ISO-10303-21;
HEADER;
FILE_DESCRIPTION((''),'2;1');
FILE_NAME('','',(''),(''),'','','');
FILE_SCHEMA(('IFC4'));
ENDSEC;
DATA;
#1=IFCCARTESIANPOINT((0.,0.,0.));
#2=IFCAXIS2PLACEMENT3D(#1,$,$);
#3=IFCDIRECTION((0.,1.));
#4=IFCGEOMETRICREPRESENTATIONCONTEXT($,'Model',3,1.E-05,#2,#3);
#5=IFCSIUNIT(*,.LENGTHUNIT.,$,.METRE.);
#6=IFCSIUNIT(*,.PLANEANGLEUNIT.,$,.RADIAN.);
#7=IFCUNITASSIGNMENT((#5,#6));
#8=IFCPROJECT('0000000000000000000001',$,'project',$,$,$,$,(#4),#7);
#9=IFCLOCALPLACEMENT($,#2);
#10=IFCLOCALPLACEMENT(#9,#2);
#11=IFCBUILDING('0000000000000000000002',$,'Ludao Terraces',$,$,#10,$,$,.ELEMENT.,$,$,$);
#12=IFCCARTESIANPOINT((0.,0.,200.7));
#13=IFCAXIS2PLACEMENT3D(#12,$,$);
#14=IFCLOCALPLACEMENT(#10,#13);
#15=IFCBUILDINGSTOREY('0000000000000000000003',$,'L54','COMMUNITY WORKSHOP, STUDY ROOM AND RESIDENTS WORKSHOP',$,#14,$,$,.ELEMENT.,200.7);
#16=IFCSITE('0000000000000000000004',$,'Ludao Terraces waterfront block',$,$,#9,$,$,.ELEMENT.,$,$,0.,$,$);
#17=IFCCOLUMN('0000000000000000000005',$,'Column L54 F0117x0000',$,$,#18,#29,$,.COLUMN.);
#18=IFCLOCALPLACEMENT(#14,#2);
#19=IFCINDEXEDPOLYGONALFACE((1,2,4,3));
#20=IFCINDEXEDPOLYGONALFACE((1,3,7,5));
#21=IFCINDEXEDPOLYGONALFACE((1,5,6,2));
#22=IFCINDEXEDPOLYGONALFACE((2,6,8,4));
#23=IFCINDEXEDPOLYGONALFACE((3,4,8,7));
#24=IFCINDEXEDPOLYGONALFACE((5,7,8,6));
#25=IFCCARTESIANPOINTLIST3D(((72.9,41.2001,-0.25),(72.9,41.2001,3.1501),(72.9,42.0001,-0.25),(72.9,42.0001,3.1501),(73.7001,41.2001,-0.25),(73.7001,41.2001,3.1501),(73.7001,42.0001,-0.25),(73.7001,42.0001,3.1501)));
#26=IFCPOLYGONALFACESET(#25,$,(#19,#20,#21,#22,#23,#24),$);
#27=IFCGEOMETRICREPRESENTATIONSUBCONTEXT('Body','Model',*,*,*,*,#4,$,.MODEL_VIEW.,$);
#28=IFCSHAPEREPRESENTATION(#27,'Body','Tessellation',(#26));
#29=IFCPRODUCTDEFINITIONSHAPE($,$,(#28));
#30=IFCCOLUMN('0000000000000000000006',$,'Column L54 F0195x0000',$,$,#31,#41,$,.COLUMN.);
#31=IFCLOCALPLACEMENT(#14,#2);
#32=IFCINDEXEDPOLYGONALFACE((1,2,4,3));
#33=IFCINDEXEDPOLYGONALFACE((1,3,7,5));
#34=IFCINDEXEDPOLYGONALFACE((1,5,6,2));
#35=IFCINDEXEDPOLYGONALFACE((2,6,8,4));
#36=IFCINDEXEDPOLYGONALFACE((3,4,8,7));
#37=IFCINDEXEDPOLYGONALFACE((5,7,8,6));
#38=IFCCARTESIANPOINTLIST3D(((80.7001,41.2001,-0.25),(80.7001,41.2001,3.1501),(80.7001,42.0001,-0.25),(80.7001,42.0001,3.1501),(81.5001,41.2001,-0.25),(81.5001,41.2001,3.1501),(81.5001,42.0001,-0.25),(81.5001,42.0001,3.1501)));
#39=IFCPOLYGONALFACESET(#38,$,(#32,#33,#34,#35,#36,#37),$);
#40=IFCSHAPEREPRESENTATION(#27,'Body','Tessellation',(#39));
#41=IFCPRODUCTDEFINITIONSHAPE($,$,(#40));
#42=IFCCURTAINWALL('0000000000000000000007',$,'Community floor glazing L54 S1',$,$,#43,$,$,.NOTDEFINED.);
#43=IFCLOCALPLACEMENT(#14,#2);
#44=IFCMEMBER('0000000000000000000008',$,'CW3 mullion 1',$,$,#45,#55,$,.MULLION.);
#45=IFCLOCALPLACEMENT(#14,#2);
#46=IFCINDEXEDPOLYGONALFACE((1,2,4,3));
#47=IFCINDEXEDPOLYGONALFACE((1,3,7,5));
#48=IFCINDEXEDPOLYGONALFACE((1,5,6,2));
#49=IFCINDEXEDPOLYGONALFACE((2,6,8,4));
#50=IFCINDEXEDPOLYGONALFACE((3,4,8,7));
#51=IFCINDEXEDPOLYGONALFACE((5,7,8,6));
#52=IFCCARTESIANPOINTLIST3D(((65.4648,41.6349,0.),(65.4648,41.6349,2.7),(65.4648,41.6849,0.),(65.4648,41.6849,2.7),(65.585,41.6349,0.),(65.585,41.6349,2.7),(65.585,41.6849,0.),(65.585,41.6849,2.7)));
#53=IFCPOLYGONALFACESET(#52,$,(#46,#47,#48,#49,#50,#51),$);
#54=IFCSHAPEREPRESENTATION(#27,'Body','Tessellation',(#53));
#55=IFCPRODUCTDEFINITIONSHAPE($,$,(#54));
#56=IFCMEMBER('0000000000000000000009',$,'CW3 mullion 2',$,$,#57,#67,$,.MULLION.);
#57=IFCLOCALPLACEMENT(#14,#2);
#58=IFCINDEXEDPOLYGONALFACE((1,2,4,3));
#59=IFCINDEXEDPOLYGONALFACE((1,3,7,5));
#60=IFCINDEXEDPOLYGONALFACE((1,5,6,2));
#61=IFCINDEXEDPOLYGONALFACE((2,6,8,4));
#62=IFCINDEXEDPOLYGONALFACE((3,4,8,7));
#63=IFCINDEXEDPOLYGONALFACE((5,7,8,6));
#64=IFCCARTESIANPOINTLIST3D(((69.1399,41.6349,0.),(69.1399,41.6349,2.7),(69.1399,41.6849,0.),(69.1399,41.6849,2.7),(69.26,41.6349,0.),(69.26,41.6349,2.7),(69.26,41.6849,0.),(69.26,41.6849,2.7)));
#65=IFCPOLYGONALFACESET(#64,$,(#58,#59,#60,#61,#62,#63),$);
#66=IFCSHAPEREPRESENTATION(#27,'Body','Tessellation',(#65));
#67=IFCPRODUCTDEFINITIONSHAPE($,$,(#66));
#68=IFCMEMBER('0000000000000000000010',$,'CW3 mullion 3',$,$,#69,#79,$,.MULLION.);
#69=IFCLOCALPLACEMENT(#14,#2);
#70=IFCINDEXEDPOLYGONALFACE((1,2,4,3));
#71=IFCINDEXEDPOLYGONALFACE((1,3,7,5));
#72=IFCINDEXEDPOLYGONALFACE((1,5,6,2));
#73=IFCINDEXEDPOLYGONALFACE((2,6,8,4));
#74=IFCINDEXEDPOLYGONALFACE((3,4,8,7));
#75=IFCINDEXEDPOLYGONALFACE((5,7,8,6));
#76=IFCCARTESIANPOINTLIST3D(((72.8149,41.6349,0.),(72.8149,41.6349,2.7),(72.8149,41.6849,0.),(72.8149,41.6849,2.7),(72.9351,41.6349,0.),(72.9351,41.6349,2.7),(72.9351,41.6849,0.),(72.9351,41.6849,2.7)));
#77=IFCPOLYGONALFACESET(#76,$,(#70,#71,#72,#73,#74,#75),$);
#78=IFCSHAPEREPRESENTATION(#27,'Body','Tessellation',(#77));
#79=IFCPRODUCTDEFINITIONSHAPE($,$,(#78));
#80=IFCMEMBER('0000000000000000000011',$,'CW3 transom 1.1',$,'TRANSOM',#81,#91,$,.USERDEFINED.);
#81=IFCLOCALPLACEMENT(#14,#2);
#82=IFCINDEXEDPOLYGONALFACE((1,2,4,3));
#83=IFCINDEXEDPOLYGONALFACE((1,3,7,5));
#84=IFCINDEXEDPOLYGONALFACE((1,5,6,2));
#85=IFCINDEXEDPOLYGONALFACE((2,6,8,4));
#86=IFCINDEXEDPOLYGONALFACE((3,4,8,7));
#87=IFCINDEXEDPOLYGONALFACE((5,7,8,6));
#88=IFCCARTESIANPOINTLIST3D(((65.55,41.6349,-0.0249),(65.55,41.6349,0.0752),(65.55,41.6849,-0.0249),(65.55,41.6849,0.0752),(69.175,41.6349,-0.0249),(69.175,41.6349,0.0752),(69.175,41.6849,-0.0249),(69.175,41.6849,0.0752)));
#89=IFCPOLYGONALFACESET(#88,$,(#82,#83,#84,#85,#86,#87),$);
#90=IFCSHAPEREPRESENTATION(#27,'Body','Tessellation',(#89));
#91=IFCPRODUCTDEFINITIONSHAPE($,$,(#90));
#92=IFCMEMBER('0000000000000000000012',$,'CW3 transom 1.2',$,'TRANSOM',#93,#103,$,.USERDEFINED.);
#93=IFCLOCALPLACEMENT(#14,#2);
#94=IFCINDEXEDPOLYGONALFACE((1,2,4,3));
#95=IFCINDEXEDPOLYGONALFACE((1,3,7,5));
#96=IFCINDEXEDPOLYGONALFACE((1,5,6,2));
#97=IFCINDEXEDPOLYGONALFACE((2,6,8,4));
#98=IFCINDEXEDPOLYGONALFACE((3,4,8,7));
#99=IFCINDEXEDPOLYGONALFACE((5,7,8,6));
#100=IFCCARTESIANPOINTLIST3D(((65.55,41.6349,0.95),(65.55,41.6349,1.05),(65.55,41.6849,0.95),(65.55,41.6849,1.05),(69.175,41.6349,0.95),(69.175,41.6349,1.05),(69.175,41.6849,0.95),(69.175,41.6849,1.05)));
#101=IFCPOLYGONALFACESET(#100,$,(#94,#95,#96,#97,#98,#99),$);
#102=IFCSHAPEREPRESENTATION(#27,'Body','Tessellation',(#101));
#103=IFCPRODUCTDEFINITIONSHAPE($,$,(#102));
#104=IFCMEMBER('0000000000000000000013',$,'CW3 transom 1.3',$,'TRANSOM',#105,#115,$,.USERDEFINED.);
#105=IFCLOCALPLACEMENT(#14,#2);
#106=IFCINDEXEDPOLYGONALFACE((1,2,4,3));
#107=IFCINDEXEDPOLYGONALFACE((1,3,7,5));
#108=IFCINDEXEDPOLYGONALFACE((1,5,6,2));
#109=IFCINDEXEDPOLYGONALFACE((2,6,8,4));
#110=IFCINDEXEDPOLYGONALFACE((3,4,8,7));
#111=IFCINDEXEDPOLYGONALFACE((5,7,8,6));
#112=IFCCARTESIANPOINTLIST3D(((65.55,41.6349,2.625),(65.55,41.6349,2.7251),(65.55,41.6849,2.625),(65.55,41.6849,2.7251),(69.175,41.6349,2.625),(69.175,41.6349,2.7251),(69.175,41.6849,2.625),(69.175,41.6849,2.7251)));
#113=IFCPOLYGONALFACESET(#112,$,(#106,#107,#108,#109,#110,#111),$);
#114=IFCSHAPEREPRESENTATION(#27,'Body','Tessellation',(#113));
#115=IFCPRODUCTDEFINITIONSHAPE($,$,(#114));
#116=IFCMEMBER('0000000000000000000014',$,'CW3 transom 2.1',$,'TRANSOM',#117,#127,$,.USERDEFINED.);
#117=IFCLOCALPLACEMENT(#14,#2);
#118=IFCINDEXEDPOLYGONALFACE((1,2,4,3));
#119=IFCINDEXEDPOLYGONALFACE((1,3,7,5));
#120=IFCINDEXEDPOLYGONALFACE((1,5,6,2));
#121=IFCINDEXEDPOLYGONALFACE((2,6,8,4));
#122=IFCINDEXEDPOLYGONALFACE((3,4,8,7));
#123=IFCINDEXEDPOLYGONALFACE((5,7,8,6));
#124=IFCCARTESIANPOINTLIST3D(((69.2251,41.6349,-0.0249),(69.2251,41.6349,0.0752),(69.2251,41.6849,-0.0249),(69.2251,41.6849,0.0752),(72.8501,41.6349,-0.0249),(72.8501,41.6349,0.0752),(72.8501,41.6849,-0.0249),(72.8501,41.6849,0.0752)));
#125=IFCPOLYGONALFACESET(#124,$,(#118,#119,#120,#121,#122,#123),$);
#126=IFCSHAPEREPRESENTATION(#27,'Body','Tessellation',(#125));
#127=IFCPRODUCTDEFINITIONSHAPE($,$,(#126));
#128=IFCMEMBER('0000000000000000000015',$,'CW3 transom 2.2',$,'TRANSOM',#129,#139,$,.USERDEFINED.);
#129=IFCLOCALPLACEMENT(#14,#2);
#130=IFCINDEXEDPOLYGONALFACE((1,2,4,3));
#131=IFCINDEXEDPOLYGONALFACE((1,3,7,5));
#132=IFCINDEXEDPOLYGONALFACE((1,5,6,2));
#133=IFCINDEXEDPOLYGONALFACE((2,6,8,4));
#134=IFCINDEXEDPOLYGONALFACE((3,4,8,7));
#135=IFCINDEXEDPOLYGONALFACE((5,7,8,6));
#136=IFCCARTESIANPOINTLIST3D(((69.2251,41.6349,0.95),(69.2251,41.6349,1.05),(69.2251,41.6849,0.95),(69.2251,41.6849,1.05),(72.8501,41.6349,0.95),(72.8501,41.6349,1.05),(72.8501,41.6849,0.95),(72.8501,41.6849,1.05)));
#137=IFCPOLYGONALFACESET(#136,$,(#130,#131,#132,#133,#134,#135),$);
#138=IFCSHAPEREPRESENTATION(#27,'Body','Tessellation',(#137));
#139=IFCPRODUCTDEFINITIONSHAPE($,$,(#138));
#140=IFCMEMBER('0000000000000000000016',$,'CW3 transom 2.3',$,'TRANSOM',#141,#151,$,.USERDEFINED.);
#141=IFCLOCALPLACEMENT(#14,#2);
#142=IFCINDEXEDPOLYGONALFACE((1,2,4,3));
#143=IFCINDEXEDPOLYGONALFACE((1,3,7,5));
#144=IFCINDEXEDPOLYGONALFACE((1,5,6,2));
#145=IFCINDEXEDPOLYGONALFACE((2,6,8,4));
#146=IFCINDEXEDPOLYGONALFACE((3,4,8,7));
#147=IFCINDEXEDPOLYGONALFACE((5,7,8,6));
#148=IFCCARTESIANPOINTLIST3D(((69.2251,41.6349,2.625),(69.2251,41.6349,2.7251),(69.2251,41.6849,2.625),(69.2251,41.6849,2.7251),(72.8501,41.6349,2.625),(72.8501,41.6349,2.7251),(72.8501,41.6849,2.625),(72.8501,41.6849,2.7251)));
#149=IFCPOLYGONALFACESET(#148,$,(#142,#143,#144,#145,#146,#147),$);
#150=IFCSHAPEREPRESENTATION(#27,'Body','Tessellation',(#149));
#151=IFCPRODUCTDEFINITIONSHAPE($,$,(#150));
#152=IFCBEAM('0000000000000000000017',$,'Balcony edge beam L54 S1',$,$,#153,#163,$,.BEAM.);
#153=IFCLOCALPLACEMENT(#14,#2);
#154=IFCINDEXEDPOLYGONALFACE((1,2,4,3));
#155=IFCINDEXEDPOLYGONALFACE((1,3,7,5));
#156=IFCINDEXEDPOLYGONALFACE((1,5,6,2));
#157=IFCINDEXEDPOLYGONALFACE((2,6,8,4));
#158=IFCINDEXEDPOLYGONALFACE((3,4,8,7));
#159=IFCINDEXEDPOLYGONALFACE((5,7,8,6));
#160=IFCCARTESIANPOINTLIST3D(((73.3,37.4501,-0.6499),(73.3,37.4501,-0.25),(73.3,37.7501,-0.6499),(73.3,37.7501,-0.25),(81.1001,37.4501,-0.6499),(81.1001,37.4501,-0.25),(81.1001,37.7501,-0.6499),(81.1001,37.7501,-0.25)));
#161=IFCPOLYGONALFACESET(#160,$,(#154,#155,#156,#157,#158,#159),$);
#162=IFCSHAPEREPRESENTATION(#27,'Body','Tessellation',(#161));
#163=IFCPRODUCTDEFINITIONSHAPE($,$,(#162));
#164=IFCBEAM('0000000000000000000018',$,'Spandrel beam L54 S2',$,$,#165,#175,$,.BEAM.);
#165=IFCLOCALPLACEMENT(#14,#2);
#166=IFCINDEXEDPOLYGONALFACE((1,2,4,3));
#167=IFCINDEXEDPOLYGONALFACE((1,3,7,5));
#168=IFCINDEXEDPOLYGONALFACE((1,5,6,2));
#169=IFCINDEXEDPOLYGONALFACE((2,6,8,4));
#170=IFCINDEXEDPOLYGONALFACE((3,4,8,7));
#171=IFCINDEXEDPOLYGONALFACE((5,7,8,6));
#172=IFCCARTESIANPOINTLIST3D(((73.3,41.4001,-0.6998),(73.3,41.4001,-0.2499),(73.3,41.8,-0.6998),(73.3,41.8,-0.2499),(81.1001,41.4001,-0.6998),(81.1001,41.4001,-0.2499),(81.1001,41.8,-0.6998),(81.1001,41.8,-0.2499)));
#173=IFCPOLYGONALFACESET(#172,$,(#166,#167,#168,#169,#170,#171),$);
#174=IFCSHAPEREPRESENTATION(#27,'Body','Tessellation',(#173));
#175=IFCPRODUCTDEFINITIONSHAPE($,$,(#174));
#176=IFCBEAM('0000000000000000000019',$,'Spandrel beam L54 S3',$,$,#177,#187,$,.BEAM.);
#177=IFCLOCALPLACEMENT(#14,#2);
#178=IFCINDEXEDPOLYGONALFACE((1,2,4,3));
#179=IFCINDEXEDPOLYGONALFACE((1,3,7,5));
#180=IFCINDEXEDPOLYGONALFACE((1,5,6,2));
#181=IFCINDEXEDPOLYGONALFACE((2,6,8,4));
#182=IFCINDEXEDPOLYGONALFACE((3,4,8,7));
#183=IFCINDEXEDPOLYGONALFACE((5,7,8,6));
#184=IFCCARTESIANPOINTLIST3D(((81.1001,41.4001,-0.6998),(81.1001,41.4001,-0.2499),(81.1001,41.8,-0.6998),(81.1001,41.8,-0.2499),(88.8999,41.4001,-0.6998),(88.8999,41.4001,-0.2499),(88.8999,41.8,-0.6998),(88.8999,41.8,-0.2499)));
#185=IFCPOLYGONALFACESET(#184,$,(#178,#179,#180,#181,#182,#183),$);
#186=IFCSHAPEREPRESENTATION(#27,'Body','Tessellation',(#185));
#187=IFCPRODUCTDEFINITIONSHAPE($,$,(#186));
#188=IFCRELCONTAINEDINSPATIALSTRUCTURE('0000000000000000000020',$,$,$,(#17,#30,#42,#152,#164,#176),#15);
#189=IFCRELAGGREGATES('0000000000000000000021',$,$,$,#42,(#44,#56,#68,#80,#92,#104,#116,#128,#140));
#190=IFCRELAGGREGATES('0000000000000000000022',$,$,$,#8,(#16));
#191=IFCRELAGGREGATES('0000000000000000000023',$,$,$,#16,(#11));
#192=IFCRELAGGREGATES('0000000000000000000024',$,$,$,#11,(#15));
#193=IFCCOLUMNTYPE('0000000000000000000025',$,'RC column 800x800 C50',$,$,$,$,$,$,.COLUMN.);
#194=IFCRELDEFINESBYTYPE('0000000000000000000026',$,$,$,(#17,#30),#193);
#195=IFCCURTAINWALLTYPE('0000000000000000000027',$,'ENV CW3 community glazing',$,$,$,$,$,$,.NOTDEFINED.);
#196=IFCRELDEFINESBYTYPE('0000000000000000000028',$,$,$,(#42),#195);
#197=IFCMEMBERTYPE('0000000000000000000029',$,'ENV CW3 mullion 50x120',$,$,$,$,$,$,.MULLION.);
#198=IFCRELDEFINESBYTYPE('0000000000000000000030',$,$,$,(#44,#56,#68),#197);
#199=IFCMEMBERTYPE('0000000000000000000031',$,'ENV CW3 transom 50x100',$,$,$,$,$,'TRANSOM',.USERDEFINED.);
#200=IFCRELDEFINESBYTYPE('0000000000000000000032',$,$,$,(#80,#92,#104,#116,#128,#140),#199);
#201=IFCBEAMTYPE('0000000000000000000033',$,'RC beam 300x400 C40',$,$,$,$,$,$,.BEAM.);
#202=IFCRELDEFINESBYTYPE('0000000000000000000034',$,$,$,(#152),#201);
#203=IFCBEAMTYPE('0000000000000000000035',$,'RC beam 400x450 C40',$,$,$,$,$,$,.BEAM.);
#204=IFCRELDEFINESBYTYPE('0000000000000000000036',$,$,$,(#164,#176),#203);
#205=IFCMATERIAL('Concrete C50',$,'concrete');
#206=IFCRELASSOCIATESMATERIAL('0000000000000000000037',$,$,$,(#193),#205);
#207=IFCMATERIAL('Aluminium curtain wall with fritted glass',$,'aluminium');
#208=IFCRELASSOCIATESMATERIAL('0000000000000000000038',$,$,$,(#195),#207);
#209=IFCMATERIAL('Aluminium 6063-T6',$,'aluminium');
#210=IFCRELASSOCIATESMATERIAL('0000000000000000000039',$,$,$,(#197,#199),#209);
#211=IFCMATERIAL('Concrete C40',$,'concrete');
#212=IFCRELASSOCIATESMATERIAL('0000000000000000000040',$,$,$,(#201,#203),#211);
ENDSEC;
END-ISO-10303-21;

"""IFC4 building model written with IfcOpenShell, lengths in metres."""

from ifc_helpers import new_model, si_unit, direction, frame, origin, origin_2d, place, context, subcontext, project, spatial, rectangle, extrude, material, material_profile, profile_set, type_object, element, aggregate, save


model = new_model("IFC4")

# Units and contexts
model_context = context("Model", 3, precision=1e-05, world=origin(), true_north=direction((0.0, 1.0)))
body_context = subcontext(model_context, "Body", "Model", "MODEL_VIEW")
ifc_project = project(units=[si_unit("LENGTHUNIT", "METRE"), si_unit("PLANEANGLEUNIT", "RADIAN")], contexts=[model_context])

# Site, building, storey
site_placement = place(None, origin())
site = spatial("IfcSite", under=ifc_project, at=site_placement, Name="Ludao Terraces waterfront block", CompositionType="ELEMENT", RefElevation=0.0)
building_placement = place(site_placement, origin())
building = spatial("IfcBuilding", under=site, at=building_placement, Name="Ludao Terraces", CompositionType="ELEMENT")
storey_placement = place(building_placement, frame((0.0, 0.0, 200.7)))
storey = spatial("IfcBuildingStorey", under=building, at=storey_placement, Name="L54", Description="COMMUNITY WORKSHOP, STUDY ROOM AND RESIDENTS WORKSHOP", CompositionType="ELEMENT", Elevation=200.7)

# Columns
ifc_material_1 = material(Name="Concrete C50", Category="concrete")
ifc_material_profile_1 = material_profile(ifc_material_1, rectangle(XDim=0.8, YDim=0.8, at=origin_2d()), Name="800 X 800")
ifc_profile_set_1 = profile_set([ifc_material_profile_1], Name="Concrete C50")
column_type = type_object("IfcColumnType", Name="RC column 800x800 C50", PredefinedType="COLUMN", material=ifc_profile_set_1)
for number, where, z_axis, x_axis, name in (
    (1, (73.3, 41.6001, -0.25), (0.0, 0.0, 1.0), (1.0, 0.0, 0.0), "Column L54 F0117x0000"),
    (2, (81.1001, 41.6001, -0.25), (0.0, 0.0, 1.0), (1.0, 0.0, 0.0), "Column L54 F0195x0000"),
):
    element("IfcColumn", number, at=place(storey_placement, frame(where, z_axis=z_axis, x_axis=x_axis)), inside=storey, type_object=column_type, Name=name, PredefinedType="COLUMN", context=body_context, shape_type="SweptSolid", body=[
        extrude(rectangle(XDim=0.8, YDim=0.8, at=origin_2d()), origin(), (0.0, 0.0, 1.0), 3.4001),
    ])

# Curtain wall, members
ifc_material_2 = material(Name="Aluminium curtain wall with fritted glass", Category="aluminium")
curtain_wall_type = type_object("IfcCurtainWallType", Name="ENV CW3 community glazing", PredefinedType="NOTDEFINED", material=ifc_material_2)
curtain_wall_placement = place(storey_placement, origin())
curtain_wall = element("IfcCurtainWall", 3, at=curtain_wall_placement, inside=storey, type_object=curtain_wall_type, Name="Community floor glazing L54 S1", PredefinedType="NOTDEFINED")
ifc_material_3 = material(Name="Aluminium 6063-T6", Category="aluminium")
ifc_material_profile_2 = material_profile(ifc_material_3, rectangle(XDim=0.05, YDim=0.1201, at=origin_2d()), Name="50 X 120")
ifc_profile_set_2 = profile_set([ifc_material_profile_2], Name="Aluminium 6063-T6")
member_type_1 = type_object("IfcMemberType", Name="ENV CW3 mullion 50x120", PredefinedType="MULLION", material=ifc_profile_set_2)
member_1_placement = place(storey_placement, frame((65.5249, 41.6599, 0.0), z_axis=(0.0, 0.0, 1.0), x_axis=(0.0, 1.0, 0.0)))
member_1 = element("IfcMember", 4, at=member_1_placement, type_object=member_type_1, Name="CW3 mullion 1", PredefinedType="MULLION", context=body_context, shape_type="SweptSolid", body=[
    extrude(rectangle(XDim=0.05, YDim=0.1201, at=origin_2d()), origin(), (0.0, 0.0, 1.0), 2.7),
])
member_2_placement = place(storey_placement, frame((69.2, 41.6599, 0.0), z_axis=(0.0, 0.0, 1.0), x_axis=(0.0, 1.0, 0.0)))
member_2 = element("IfcMember", 5, at=member_2_placement, type_object=member_type_1, Name="CW3 mullion 2", PredefinedType="MULLION", context=body_context, shape_type="SweptSolid", body=[
    extrude(rectangle(XDim=0.05, YDim=0.1201, at=origin_2d()), origin(), (0.0, 0.0, 1.0), 2.7),
])
member_3_placement = place(storey_placement, frame((72.875, 41.6599, 0.0), z_axis=(0.0, 0.0, 1.0), x_axis=(0.0, 1.0, 0.0)))
member_3 = element("IfcMember", 6, at=member_3_placement, type_object=member_type_1, Name="CW3 mullion 3", PredefinedType="MULLION", context=body_context, shape_type="SweptSolid", body=[
    extrude(rectangle(XDim=0.05, YDim=0.1201, at=origin_2d()), origin(), (0.0, 0.0, 1.0), 2.7),
])
ifc_material_profile_3 = material_profile(ifc_material_3, rectangle(XDim=0.05, YDim=0.1001, at=origin_2d()), Name="50 X 100")
ifc_profile_set_3 = profile_set([ifc_material_profile_3], Name="Aluminium 6063-T6")
member_type_2 = type_object("IfcMemberType", Name="ENV CW3 transom 50x100", ElementType="TRANSOM", PredefinedType="USERDEFINED", material=ifc_profile_set_3)
member_4_placement = place(storey_placement, frame((65.55, 41.6599, 0.0251), z_axis=(1.0, 0.0, 0.0), x_axis=(0.0, 1.0, 0.0)))
member_4 = element("IfcMember", 7, at=member_4_placement, type_object=member_type_2, Name="CW3 transom 1.1", ObjectType="TRANSOM", PredefinedType="USERDEFINED", context=body_context, shape_type="SweptSolid", body=[
    extrude(rectangle(XDim=0.05, YDim=0.1001, at=origin_2d()), origin(), (0.0, 0.0, 1.0), 3.625),
])
member_5_placement = place(storey_placement, frame((65.55, 41.6599, 1.0), z_axis=(1.0, 0.0, 0.0), x_axis=(0.0, 1.0, 0.0)))
member_5 = element("IfcMember", 8, at=member_5_placement, type_object=member_type_2, Name="CW3 transom 1.2", ObjectType="TRANSOM", PredefinedType="USERDEFINED", context=body_context, shape_type="SweptSolid", body=[
    extrude(rectangle(XDim=0.05, YDim=0.1001, at=origin_2d()), origin(), (0.0, 0.0, 1.0), 3.625),
])
member_6_placement = place(storey_placement, frame((65.55, 41.6599, 2.675), z_axis=(1.0, 0.0, 0.0), x_axis=(0.0, 1.0, 0.0)))
member_6 = element("IfcMember", 9, at=member_6_placement, type_object=member_type_2, Name="CW3 transom 1.3", ObjectType="TRANSOM", PredefinedType="USERDEFINED", context=body_context, shape_type="SweptSolid", body=[
    extrude(rectangle(XDim=0.05, YDim=0.1001, at=origin_2d()), origin(), (0.0, 0.0, 1.0), 3.625),
])
member_7_placement = place(storey_placement, frame((69.2251, 41.6599, 0.0251), z_axis=(1.0, 0.0, 0.0), x_axis=(0.0, 1.0, 0.0)))
member_7 = element("IfcMember", 10, at=member_7_placement, type_object=member_type_2, Name="CW3 transom 2.1", ObjectType="TRANSOM", PredefinedType="USERDEFINED", context=body_context, shape_type="SweptSolid", body=[
    extrude(rectangle(XDim=0.05, YDim=0.1001, at=origin_2d()), origin(), (0.0, 0.0, 1.0), 3.625),
])
member_8_placement = place(storey_placement, frame((69.2251, 41.6599, 1.0), z_axis=(1.0, 0.0, 0.0), x_axis=(0.0, 1.0, 0.0)))
member_8 = element("IfcMember", 11, at=member_8_placement, type_object=member_type_2, Name="CW3 transom 2.2", ObjectType="TRANSOM", PredefinedType="USERDEFINED", context=body_context, shape_type="SweptSolid", body=[
    extrude(rectangle(XDim=0.05, YDim=0.1001, at=origin_2d()), origin(), (0.0, 0.0, 1.0), 3.625),
])
member_9_placement = place(storey_placement, frame((69.2251, 41.6599, 2.675), z_axis=(1.0, 0.0, 0.0), x_axis=(0.0, 1.0, 0.0)))
member_9 = element("IfcMember", 12, at=member_9_placement, type_object=member_type_2, Name="CW3 transom 2.3", ObjectType="TRANSOM", PredefinedType="USERDEFINED", context=body_context, shape_type="SweptSolid", body=[
    extrude(rectangle(XDim=0.05, YDim=0.1001, at=origin_2d()), origin(), (0.0, 0.0, 1.0), 3.625),
])

# Beams
ifc_material_4 = material(Name="Concrete C40", Category="concrete")
ifc_material_profile_4 = material_profile(ifc_material_4, rectangle(XDim=0.3, YDim=0.3999, at=origin_2d()), Name="300 X 400")
ifc_profile_set_4 = profile_set([ifc_material_profile_4], Name="Concrete C40")
beam_type_1 = type_object("IfcBeamType", Name="RC beam 300x400 C40", PredefinedType="BEAM", material=ifc_profile_set_4)
beam_1_placement = place(storey_placement, frame((73.3, 37.6001, -0.45), z_axis=(1.0, 0.0, 0.0), x_axis=(0.0, 1.0, 0.0)))
element("IfcBeam", 13, at=beam_1_placement, inside=storey, type_object=beam_type_1, Name="Balcony edge beam L54 S1", PredefinedType="BEAM", context=body_context, shape_type="SweptSolid", body=[
    extrude(rectangle(XDim=0.3, YDim=0.3999, at=origin_2d()), origin(), (0.0, 0.0, 1.0), 7.8),
])
ifc_material_profile_5 = material_profile(ifc_material_4, rectangle(XDim=0.3999, YDim=0.45, at=origin_2d()), Name="400 X 450")
ifc_profile_set_5 = profile_set([ifc_material_profile_5], Name="Concrete C40")
beam_type_2 = type_object("IfcBeamType", Name="RC beam 400x450 C40", PredefinedType="BEAM", material=ifc_profile_set_5)
beam_2_placement = place(storey_placement, frame((73.3, 41.6001, -0.4749), z_axis=(1.0, 0.0, 0.0), x_axis=(0.0, 1.0, 0.0)))
element("IfcBeam", 14, at=beam_2_placement, inside=storey, type_object=beam_type_2, Name="Spandrel beam L54 S2", PredefinedType="BEAM", context=body_context, shape_type="SweptSolid", body=[
    extrude(rectangle(XDim=0.3999, YDim=0.45, at=origin_2d()), origin(), (0.0, 0.0, 1.0), 7.8),
])
beam_3_placement = place(storey_placement, frame((81.1001, 41.6001, -0.4749), z_axis=(1.0, 0.0, 0.0), x_axis=(0.0, 1.0, 0.0)))
element("IfcBeam", 15, at=beam_3_placement, inside=storey, type_object=beam_type_2, Name="Spandrel beam L54 S3", PredefinedType="BEAM", context=body_context, shape_type="SweptSolid", body=[
    extrude(rectangle(XDim=0.3999, YDim=0.45, at=origin_2d()), origin(), (0.0, 0.0, 1.0), 7.7998),
])

aggregate(curtain_wall, [member_1, member_2, member_3, member_4, member_5, member_6, member_7, member_8, member_9])

save(model, "model.ifc")
